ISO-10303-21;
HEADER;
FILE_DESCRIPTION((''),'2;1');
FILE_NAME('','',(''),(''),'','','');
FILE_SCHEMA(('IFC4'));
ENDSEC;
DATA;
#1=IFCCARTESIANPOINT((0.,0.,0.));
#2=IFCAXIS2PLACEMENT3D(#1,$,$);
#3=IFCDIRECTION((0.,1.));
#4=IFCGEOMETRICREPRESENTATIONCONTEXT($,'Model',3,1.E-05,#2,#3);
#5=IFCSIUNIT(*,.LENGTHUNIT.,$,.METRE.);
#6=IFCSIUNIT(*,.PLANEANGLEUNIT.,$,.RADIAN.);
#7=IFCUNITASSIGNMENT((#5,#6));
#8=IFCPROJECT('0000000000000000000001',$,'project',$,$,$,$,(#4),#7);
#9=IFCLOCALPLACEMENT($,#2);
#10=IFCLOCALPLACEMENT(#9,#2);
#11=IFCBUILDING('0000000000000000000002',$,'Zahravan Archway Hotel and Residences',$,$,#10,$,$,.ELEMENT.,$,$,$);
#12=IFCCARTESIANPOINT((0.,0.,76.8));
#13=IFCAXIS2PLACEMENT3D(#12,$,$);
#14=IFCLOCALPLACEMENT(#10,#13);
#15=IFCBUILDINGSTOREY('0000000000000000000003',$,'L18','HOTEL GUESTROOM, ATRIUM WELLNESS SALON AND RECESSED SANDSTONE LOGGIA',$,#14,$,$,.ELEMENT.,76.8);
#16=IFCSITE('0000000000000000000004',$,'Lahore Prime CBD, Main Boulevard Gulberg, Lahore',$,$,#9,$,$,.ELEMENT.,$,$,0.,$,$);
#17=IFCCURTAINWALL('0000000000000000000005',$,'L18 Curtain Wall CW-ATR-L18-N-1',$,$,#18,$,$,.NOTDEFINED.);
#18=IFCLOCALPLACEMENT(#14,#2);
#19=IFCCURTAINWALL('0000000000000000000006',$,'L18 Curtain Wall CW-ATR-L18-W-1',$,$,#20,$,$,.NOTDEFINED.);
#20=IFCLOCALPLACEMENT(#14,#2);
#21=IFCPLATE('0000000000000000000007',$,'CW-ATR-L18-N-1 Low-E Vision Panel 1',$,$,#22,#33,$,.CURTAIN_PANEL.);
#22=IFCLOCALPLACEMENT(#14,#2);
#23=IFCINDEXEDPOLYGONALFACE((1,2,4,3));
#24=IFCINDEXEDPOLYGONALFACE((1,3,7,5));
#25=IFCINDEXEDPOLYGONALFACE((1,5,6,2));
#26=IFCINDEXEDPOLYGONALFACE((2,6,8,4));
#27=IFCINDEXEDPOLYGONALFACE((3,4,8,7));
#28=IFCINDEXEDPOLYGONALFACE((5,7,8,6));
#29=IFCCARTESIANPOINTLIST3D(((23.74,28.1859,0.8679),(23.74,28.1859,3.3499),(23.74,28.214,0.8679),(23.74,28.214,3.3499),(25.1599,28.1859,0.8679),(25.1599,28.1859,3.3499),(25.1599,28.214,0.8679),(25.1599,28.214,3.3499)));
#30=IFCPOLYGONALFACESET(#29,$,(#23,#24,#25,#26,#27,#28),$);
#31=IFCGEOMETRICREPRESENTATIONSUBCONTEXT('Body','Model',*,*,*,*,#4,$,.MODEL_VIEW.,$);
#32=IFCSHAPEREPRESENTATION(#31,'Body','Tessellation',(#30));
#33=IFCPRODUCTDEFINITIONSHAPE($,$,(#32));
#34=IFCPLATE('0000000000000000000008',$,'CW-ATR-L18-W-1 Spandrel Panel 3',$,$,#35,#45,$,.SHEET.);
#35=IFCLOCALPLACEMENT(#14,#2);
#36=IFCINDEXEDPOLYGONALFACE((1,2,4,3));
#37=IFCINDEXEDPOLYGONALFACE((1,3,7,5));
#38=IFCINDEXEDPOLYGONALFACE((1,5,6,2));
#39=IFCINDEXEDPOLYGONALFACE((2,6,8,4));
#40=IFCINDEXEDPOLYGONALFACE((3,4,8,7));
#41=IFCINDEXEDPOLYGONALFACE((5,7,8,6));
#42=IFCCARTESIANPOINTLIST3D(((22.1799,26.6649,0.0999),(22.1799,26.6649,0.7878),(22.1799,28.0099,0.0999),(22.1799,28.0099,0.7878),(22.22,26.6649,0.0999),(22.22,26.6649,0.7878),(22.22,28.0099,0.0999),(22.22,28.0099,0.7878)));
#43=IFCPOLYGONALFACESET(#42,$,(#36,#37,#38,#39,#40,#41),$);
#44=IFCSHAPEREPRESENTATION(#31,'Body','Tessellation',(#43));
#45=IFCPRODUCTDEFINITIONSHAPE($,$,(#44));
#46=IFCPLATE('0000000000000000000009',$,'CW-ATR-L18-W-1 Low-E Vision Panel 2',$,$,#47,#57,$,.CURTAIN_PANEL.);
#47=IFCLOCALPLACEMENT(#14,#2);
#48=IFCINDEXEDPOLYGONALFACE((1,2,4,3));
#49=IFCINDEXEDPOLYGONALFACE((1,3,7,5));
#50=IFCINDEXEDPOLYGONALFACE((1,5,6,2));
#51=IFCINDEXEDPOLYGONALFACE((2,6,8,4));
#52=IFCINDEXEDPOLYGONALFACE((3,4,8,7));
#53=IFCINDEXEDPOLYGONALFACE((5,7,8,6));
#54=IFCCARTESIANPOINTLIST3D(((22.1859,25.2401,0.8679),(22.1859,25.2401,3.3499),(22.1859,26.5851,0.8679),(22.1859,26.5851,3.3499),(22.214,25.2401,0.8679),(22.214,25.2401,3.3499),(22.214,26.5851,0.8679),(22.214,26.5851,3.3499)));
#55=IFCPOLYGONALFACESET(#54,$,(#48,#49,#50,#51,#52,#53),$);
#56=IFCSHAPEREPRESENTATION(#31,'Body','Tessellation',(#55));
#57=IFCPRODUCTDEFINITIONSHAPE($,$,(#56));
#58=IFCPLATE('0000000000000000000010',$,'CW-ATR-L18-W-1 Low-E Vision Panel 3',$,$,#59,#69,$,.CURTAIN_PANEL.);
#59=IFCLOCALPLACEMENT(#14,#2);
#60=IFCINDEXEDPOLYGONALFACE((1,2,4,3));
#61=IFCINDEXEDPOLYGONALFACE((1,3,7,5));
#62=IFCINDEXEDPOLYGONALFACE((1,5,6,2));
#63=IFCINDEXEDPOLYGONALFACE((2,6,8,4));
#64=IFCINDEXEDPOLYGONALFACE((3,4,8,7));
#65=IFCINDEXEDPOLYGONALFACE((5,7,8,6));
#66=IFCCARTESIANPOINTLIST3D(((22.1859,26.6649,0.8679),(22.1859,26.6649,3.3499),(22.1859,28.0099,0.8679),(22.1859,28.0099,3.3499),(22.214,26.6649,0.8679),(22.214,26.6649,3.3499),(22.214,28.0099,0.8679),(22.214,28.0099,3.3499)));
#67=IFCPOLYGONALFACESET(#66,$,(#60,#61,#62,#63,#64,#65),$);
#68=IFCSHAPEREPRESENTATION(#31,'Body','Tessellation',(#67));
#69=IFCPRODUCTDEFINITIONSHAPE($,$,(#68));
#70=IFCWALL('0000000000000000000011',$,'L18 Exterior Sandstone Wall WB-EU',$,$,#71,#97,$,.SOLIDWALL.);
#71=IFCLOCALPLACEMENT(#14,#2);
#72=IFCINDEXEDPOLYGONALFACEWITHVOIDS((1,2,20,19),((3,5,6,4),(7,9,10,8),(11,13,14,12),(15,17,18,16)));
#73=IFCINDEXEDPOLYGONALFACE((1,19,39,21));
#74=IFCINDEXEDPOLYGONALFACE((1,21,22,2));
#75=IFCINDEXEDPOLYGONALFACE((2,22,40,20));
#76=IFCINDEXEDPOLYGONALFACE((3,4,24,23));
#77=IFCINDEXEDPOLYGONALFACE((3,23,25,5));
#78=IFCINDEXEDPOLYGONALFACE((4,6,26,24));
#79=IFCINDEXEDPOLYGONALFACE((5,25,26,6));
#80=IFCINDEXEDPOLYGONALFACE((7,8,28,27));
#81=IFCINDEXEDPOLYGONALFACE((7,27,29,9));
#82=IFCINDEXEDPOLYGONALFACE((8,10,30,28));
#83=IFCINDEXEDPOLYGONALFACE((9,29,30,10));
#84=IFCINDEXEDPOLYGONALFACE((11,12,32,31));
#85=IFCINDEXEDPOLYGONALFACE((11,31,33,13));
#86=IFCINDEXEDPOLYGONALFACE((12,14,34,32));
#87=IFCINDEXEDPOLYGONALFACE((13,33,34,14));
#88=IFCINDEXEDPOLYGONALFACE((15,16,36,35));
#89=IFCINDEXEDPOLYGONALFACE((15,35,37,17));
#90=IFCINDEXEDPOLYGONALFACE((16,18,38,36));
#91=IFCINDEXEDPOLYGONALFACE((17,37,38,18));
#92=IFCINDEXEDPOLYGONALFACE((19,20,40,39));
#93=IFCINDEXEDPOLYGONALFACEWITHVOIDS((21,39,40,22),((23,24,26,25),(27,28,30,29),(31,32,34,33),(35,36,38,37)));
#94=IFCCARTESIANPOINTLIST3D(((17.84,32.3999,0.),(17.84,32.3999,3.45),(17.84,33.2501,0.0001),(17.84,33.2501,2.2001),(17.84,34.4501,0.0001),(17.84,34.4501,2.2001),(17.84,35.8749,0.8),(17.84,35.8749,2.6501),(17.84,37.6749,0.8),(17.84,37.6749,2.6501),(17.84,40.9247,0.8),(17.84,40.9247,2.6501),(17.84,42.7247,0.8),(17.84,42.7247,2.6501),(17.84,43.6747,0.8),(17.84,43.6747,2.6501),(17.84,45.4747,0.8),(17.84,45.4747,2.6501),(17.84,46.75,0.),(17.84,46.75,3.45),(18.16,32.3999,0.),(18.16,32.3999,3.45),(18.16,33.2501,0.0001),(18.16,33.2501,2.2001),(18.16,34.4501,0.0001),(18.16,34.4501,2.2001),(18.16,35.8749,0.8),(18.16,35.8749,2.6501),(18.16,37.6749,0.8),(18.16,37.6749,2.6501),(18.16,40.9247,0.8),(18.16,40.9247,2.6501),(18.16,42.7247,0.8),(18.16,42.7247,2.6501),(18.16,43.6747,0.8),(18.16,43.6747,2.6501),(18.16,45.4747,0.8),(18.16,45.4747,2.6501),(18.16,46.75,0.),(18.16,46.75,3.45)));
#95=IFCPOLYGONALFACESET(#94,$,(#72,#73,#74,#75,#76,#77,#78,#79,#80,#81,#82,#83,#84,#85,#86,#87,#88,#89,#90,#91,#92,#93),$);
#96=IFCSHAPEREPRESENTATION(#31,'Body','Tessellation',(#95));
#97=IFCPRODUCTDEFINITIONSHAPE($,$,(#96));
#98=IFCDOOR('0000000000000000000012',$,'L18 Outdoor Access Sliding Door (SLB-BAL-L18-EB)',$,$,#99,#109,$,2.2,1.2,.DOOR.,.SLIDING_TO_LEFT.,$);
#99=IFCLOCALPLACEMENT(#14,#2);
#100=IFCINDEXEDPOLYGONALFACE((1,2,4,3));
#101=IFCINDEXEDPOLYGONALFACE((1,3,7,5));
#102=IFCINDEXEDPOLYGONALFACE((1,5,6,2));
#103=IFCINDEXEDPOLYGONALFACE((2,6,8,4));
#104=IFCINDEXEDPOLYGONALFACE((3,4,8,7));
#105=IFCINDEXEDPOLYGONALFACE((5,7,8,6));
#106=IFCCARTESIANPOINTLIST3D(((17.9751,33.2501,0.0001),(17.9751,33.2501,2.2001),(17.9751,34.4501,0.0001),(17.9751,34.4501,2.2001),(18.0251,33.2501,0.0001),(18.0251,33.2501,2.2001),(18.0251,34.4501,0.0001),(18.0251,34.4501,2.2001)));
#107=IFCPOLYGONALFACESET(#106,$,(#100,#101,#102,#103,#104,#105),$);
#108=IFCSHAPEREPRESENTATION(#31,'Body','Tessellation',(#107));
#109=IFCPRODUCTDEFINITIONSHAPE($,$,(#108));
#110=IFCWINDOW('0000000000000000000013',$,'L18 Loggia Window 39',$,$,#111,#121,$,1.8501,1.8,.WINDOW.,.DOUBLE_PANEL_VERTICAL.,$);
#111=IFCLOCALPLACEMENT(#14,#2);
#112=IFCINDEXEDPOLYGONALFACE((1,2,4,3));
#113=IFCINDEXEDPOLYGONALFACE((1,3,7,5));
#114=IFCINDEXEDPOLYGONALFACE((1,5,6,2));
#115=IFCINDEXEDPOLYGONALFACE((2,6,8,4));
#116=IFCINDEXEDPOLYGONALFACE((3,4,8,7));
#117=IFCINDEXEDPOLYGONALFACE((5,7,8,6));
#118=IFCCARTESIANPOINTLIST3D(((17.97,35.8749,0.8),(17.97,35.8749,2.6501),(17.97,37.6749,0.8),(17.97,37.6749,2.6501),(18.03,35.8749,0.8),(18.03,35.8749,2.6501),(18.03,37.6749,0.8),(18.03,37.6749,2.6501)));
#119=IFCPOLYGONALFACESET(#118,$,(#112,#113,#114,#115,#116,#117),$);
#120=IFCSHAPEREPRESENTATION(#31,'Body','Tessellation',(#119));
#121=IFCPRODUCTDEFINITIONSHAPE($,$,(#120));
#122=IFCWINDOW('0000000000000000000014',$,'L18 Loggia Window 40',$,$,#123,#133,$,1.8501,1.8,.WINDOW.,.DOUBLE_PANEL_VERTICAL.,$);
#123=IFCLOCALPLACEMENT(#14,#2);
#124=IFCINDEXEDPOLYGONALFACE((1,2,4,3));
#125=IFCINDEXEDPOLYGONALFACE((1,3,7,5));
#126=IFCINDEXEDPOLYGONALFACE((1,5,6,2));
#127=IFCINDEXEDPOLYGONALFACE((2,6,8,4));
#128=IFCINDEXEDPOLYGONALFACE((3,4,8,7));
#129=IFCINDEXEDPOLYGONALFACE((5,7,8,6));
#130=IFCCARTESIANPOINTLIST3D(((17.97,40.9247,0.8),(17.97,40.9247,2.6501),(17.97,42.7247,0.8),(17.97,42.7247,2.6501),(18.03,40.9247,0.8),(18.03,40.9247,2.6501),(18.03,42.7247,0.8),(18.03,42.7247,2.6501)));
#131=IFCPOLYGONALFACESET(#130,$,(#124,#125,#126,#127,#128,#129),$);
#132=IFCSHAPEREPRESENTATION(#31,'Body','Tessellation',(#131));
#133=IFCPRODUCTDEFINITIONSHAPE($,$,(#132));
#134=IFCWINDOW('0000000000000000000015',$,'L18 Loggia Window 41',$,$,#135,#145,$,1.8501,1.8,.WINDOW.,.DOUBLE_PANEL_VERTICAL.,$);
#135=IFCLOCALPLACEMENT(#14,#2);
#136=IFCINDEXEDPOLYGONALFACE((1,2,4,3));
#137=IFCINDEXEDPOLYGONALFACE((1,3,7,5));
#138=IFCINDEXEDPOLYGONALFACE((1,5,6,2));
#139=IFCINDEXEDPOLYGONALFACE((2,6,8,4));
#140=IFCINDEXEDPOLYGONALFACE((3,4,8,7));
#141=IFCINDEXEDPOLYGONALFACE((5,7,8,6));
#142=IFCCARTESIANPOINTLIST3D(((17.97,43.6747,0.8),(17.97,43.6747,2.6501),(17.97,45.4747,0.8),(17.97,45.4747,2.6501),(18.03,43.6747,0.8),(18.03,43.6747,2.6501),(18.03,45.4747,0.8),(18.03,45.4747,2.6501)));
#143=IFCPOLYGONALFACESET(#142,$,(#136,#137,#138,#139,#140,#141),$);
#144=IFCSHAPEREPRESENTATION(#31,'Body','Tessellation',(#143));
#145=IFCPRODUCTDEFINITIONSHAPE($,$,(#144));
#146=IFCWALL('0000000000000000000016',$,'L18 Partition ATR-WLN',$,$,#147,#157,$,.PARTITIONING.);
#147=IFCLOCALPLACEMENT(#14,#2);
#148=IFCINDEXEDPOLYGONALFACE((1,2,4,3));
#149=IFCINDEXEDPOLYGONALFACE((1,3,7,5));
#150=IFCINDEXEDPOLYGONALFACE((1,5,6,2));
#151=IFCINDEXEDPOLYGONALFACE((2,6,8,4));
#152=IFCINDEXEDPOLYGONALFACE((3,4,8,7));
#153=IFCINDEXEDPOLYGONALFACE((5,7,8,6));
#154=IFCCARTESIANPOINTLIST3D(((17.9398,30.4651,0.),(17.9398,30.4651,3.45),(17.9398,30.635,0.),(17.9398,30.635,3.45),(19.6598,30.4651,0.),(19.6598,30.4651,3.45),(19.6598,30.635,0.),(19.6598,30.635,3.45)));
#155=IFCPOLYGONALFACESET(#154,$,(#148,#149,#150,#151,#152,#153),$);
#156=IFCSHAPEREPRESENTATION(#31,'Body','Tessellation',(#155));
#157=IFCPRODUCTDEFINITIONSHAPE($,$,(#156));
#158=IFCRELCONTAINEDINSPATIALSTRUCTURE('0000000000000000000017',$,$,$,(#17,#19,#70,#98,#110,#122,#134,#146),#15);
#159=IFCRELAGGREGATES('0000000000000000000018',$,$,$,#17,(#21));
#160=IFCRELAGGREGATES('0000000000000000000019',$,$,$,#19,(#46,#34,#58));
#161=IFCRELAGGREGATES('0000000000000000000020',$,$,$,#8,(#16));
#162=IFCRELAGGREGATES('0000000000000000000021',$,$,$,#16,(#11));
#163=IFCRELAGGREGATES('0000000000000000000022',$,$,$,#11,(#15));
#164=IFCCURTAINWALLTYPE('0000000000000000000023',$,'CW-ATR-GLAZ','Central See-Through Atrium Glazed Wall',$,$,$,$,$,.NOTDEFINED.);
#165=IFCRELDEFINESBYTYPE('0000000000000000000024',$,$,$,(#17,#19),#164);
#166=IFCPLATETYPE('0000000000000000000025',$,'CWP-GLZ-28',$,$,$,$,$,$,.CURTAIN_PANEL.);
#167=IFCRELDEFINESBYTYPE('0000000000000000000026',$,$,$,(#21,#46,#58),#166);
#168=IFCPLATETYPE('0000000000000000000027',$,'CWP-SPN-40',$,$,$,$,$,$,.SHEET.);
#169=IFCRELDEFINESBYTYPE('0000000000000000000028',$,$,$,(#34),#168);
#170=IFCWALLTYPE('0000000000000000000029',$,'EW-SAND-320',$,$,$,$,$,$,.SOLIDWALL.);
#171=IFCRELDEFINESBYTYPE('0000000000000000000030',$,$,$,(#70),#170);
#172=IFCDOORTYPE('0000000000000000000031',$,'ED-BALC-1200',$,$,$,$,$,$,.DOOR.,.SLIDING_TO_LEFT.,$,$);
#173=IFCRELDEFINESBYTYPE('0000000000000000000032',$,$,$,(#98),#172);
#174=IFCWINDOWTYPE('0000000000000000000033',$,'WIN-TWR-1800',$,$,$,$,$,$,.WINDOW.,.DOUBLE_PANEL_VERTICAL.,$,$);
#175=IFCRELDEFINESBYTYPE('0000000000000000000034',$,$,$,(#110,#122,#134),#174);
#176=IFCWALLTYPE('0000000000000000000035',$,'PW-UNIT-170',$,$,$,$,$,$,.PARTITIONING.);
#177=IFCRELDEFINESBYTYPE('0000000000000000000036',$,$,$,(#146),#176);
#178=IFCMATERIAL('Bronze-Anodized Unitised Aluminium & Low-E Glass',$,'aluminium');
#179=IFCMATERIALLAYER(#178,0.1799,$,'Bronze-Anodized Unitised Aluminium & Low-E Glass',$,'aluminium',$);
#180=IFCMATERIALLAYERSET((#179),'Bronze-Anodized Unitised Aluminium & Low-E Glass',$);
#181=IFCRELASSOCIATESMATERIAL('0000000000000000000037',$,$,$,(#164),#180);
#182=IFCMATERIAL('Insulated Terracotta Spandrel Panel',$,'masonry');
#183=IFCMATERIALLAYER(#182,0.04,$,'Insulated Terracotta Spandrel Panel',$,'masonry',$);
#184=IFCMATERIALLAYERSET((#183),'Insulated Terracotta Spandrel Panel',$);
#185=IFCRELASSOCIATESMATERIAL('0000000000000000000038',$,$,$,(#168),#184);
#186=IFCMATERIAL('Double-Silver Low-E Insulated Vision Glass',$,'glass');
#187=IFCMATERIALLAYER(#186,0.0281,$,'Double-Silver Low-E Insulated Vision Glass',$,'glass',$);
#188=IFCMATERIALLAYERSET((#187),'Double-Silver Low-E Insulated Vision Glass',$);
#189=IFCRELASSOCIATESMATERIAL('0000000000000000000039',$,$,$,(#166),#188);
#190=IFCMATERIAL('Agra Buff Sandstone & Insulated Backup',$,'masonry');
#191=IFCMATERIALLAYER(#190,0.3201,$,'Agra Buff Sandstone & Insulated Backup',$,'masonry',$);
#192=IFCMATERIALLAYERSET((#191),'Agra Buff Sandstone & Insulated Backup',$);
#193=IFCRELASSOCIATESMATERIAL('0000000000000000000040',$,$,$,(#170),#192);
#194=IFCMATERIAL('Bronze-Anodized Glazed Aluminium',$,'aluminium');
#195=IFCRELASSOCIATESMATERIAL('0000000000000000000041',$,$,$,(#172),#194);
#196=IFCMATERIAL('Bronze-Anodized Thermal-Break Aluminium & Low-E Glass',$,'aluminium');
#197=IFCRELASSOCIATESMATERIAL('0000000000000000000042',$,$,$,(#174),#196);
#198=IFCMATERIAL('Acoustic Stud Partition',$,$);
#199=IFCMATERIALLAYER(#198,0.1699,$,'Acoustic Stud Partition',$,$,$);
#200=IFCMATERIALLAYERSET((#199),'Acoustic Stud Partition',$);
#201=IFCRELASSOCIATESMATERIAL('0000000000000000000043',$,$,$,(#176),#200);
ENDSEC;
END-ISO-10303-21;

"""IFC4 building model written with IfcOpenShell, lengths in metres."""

from ifc_helpers import new_model, si_unit, direction, frame, frame_2d, origin, origin_2d, place, context, subcontext, project, spatial, rectangle, extrude, source, transform, mapped, material, layer, layer_set, type_object, type_shapes, element, fill, aggregate, save


model = new_model("IFC4")

# Units and contexts
model_context = context("Model", 3, precision=1e-05, world=origin(), true_north=direction((0.0, 1.0)))
body_context = subcontext(model_context, "Body", "Model", "MODEL_VIEW")
ifc_project = project(units=[si_unit("LENGTHUNIT", "METRE"), si_unit("PLANEANGLEUNIT", "RADIAN")], contexts=[model_context])

# Site, building, storey
site_placement = place(None, origin())
site = spatial("IfcSite", under=ifc_project, at=site_placement, Name="Lahore Prime CBD, Main Boulevard Gulberg, Lahore", CompositionType="ELEMENT", RefElevation=0.0)
building_placement = place(site_placement, origin())
building = spatial("IfcBuilding", under=site, at=building_placement, Name="Zahravan Archway Hotel and Residences", CompositionType="ELEMENT")
storey_placement = place(building_placement, frame((0.0, 0.0, 76.8)))
storey = spatial("IfcBuildingStorey", under=building, at=storey_placement, Name="L18", Description="HOTEL GUESTROOM, ATRIUM WELLNESS SALON AND RECESSED SANDSTONE LOGGIA", CompositionType="ELEMENT", Elevation=76.8)

# Curtain walls
ifc_material_1 = material(Name="Bronze-Anodized Unitised Aluminium & Low-E Glass", Category="aluminium")
ifc_layer_1 = layer(ifc_material_1, 0.1799, Name="Bronze-Anodized Unitised Aluminium & Low-E Glass", Category="aluminium")
ifc_layer_set_1 = layer_set([ifc_layer_1], Name="Bronze-Anodized Unitised Aluminium & Low-E Glass")
curtain_wall_type = type_object("IfcCurtainWallType", Name="CW-ATR-GLAZ", Description="Central See-Through Atrium Glazed Wall", PredefinedType="NOTDEFINED", material=ifc_layer_set_1)
curtain_wall_1_placement = place(storey_placement, origin())
curtain_wall_1 = element("IfcCurtainWall", 1, at=curtain_wall_1_placement, inside=storey, type_object=curtain_wall_type, Name="L18 Curtain Wall CW-ATR-L18-N-1", PredefinedType="NOTDEFINED")
curtain_wall_2_placement = place(storey_placement, origin())
curtain_wall_2 = element("IfcCurtainWall", 2, at=curtain_wall_2_placement, inside=storey, type_object=curtain_wall_type, Name="L18 Curtain Wall CW-ATR-L18-W-1", PredefinedType="NOTDEFINED")

# Plates
ifc_material_2 = material(Name="Insulated Terracotta Spandrel Panel", Category="masonry")
ifc_layer_2 = layer(ifc_material_2, 0.04, Name="Insulated Terracotta Spandrel Panel", Category="masonry")
ifc_layer_set_2 = layer_set([ifc_layer_2], Name="Insulated Terracotta Spandrel Panel")
plate_type_1 = type_object("IfcPlateType", Name="CWP-SPN-40", PredefinedType="SHEET", material=ifc_layer_set_2)
ifc_material_3 = material(Name="Double-Silver Low-E Insulated Vision Glass", Category="glass")
ifc_layer_3 = layer(ifc_material_3, 0.0281, Name="Double-Silver Low-E Insulated Vision Glass", Category="glass")
ifc_layer_set_3 = layer_set([ifc_layer_3], Name="Double-Silver Low-E Insulated Vision Glass")
plate_type_2 = type_object("IfcPlateType", Name="CWP-GLZ-28", PredefinedType="CURTAIN_PANEL", material=ifc_layer_set_3)
shared_shape_1 = source(origin(), body_context, "Body", "SweptSolid", [
    extrude(rectangle(XDim=1.4199, YDim=0.0281, at=origin_2d()), origin(), (0.0, 0.0, 1.0), 2.4819),
])
plate_1_placement = place(storey_placement, frame((24.45, 28.2, 0.8679), z_axis=(0.0, 0.0, 1.0), x_axis=(1.0, 0.0, 0.0)))
plate_1 = element("IfcPlate", 3, at=plate_1_placement, type_object=plate_type_2, Name="CW-ATR-L18-N-1 Low-E Vision Panel 1", PredefinedType="CURTAIN_PANEL", context=body_context, shape_type="MappedRepresentation", body=[
    mapped(shared_shape_1, transform((0.0, 0.0, 0.0), scale=1.0)),
])
aggregate(curtain_wall_1, [plate_1])
shared_shape_2 = source(origin(), body_context, "Body", "SweptSolid", [
    extrude(rectangle(XDim=1.345, YDim=0.04, at=origin_2d()), origin(), (0.0, 0.0, 1.0), 0.688),
])
plate_2_placement = place(storey_placement, frame((22.2, 27.3374, 0.0999), z_axis=(0.0, 0.0, 1.0), x_axis=(0.0, 1.0, 0.0)))
plate_2 = element("IfcPlate", 4, at=plate_2_placement, type_object=plate_type_1, Name="CW-ATR-L18-W-1 Spandrel Panel 3", PredefinedType="SHEET", context=body_context, shape_type="MappedRepresentation", body=[
    mapped(shared_shape_2, transform((0.0, 0.0, 0.0), scale=1.0)),
])
shared_shape_3 = source(origin(), body_context, "Body", "SweptSolid", [
    extrude(rectangle(XDim=1.345, YDim=0.0281, at=origin_2d()), origin(), (0.0, 0.0, 1.0), 2.4819),
])
plate_3_placement = place(storey_placement, frame((22.2, 25.9126, 0.8679), z_axis=(0.0, 0.0, 1.0), x_axis=(0.0, 1.0, 0.0)))
plate_3 = element("IfcPlate", 5, at=plate_3_placement, type_object=plate_type_2, Name="CW-ATR-L18-W-1 Low-E Vision Panel 2", PredefinedType="CURTAIN_PANEL", context=body_context, shape_type="MappedRepresentation", body=[
    mapped(shared_shape_3, transform((0.0, 0.0, 0.0), scale=1.0)),
])
plate_4_placement = place(storey_placement, frame((22.2, 27.3374, 0.8679), z_axis=(0.0, 0.0, 1.0), x_axis=(0.0, 1.0, 0.0)))
plate_4 = element("IfcPlate", 6, at=plate_4_placement, type_object=plate_type_2, Name="CW-ATR-L18-W-1 Low-E Vision Panel 3", PredefinedType="CURTAIN_PANEL", context=body_context, shape_type="MappedRepresentation", body=[
    mapped(shared_shape_3, transform((0.0, 0.0, 0.0), scale=1.0)),
])
aggregate(curtain_wall_2, [plate_3, plate_2, plate_4])

# Wall, openings, door, windows
ifc_material_4 = material(Name="Agra Buff Sandstone & Insulated Backup", Category="masonry")
ifc_layer_4 = layer(ifc_material_4, 0.3201, Name="Agra Buff Sandstone & Insulated Backup", Category="masonry")
ifc_layer_set_4 = layer_set([ifc_layer_4], Name="Agra Buff Sandstone & Insulated Backup")
wall_type_1 = type_object("IfcWallType", Name="EW-SAND-320", PredefinedType="SOLIDWALL", material=ifc_layer_set_4)
wall_1_placement = place(storey_placement, frame((18.0, 32.3999, 0.0), z_axis=(0.0, 0.0, 1.0), x_axis=(0.0, 1.0, 0.0)))
wall_1 = element("IfcWall", 7, at=wall_1_placement, inside=storey, type_object=wall_type_1, Name="L18 Exterior Sandstone Wall WB-EU", PredefinedType="SOLIDWALL", context=body_context, shape_type="SweptSolid", body=[
    extrude(rectangle(XDim=14.3501, YDim=0.3201, at=frame_2d((7.175, 0.0))), origin(), (0.0, 0.0, 1.0), 3.45),
])
opening_1_placement = place(wall_1_placement, frame((0.8501, 0.0, 0.0)))
opening_1 = element("IfcOpeningElement", 8, at=opening_1_placement, cuts=wall_1, PredefinedType="OPENING", context=body_context, shape_type="SweptSolid", body=[
    extrude(rectangle(XDim=1.2, YDim=2.2, at=frame_2d((0.6001, 1.1001))), frame((0.0, 0.1699, 0.0), z_axis=(0.0, -1.0, 0.0), x_axis=(1.0, 0.0, 0.0)), (0.0, 0.0, 1.0), 0.3401),
])
opening_2_placement = place(wall_1_placement, frame((3.4751, 0.0, 0.8)))
opening_2 = element("IfcOpeningElement", 9, at=opening_2_placement, cuts=wall_1, PredefinedType="OPENING", context=body_context, shape_type="SweptSolid", body=[
    extrude(rectangle(XDim=1.8, YDim=1.8501, at=frame_2d((0.8999, 0.925))), frame((0.0, 0.1699, 0.0), z_axis=(0.0, -1.0, 0.0), x_axis=(1.0, 0.0, 0.0)), (0.0, 0.0, 1.0), 0.3401),
])
opening_3_placement = place(wall_1_placement, frame((8.5249, 0.0, 0.8)))
opening_3 = element("IfcOpeningElement", 10, at=opening_3_placement, cuts=wall_1, PredefinedType="OPENING", context=body_context, shape_type="SweptSolid", body=[
    extrude(rectangle(XDim=1.8, YDim=1.8501, at=frame_2d((0.8999, 0.925))), frame((0.0, 0.1699, 0.0), z_axis=(0.0, -1.0, 0.0), x_axis=(1.0, 0.0, 0.0)), (0.0, 0.0, 1.0), 0.3401),
])
opening_4_placement = place(wall_1_placement, frame((11.2749, 0.0, 0.8)))
opening_4 = element("IfcOpeningElement", 11, at=opening_4_placement, cuts=wall_1, PredefinedType="OPENING", context=body_context, shape_type="SweptSolid", body=[
    extrude(rectangle(XDim=1.8, YDim=1.8501, at=frame_2d((0.8999, 0.925))), frame((0.0, 0.1699, 0.0), z_axis=(0.0, -1.0, 0.0), x_axis=(1.0, 0.0, 0.0)), (0.0, 0.0, 1.0), 0.3401),
])
ifc_material_5 = material(Name="Bronze-Anodized Glazed Aluminium", Category="aluminium")
door_type = type_object("IfcDoorType", Name="ED-BALC-1200", OperationType="SLIDING_TO_LEFT", PredefinedType="DOOR", material=ifc_material_5)
shared_shape_4 = source(origin(), body_context, "Body", "SweptSolid", [
    extrude(rectangle(XDim=1.2, YDim=2.2, at=frame_2d((0.6001, 1.1001))), frame((0.0, 0.0249, 0.0), z_axis=(0.0, -1.0, 0.0), x_axis=(1.0, 0.0, 0.0)), (0.0, 0.0, 1.0), 0.05),
])
type_shapes(door_type, [shared_shape_4])
door_placement = place(opening_1_placement, origin())
door = element("IfcDoor", 12, at=door_placement, inside=storey, type_object=door_type, Name="L18 Outdoor Access Sliding Door (SLB-BAL-L18-EB)", OperationType="SLIDING_TO_LEFT", OverallHeight=2.2, OverallWidth=1.2, PredefinedType="DOOR", context=body_context, shape_type="MappedRepresentation", body=[
    mapped(shared_shape_4, transform((0.0, 0.0, 0.0), scale=1.0)),
])
fill(opening_1, door)
ifc_material_6 = material(Name="Bronze-Anodized Thermal-Break Aluminium & Low-E Glass", Category="aluminium")
window_type = type_object("IfcWindowType", Name="WIN-TWR-1800", PartitioningType="DOUBLE_PANEL_VERTICAL", PredefinedType="WINDOW", material=ifc_material_6)
shared_shape_5 = source(origin(), body_context, "Body", "SweptSolid", [
    extrude(rectangle(XDim=1.8, YDim=1.8501, at=frame_2d((0.8999, 0.925))), frame((0.0, 0.03, 0.0), z_axis=(0.0, -1.0, 0.0), x_axis=(1.0, 0.0, 0.0)), (0.0, 0.0, 1.0), 0.0601),
])
type_shapes(window_type, [shared_shape_5])
window_1_placement = place(opening_2_placement, origin())
window_1 = element("IfcWindow", 13, at=window_1_placement, inside=storey, type_object=window_type, Name="L18 Loggia Window 39", OverallHeight=1.8501, OverallWidth=1.8, PartitioningType="DOUBLE_PANEL_VERTICAL", PredefinedType="WINDOW", context=body_context, shape_type="MappedRepresentation", body=[
    mapped(shared_shape_5, transform((0.0, 0.0, 0.0), scale=1.0)),
])
fill(opening_2, window_1)
window_2_placement = place(opening_3_placement, origin())
window_2 = element("IfcWindow", 14, at=window_2_placement, inside=storey, type_object=window_type, Name="L18 Loggia Window 40", OverallHeight=1.8501, OverallWidth=1.8, PartitioningType="DOUBLE_PANEL_VERTICAL", PredefinedType="WINDOW", context=body_context, shape_type="MappedRepresentation", body=[
    mapped(shared_shape_5, transform((0.0, 0.0, 0.0), scale=1.0)),
])
fill(opening_3, window_2)
window_3_placement = place(opening_4_placement, origin())
window_3 = element("IfcWindow", 15, at=window_3_placement, inside=storey, type_object=window_type, Name="L18 Loggia Window 41", OverallHeight=1.8501, OverallWidth=1.8, PartitioningType="DOUBLE_PANEL_VERTICAL", PredefinedType="WINDOW", context=body_context, shape_type="MappedRepresentation", body=[
    mapped(shared_shape_5, transform((0.0, 0.0, 0.0), scale=1.0)),
])
fill(opening_4, window_3)

# Wall
ifc_material_7 = material(Name="Acoustic Stud Partition")
ifc_layer_5 = layer(ifc_material_7, 0.1699, Name="Acoustic Stud Partition")
ifc_layer_set_5 = layer_set([ifc_layer_5], Name="Acoustic Stud Partition")
wall_type_2 = type_object("IfcWallType", Name="PW-UNIT-170", PredefinedType="PARTITIONING", material=ifc_layer_set_5)
wall_2_placement = place(storey_placement, frame((17.9399, 30.55, 0.0), z_axis=(0.0, 0.0, 1.0), x_axis=(1.0, 0.0, 0.0)))
element("IfcWall", 16, at=wall_2_placement, inside=storey, type_object=wall_type_2, Name="L18 Partition ATR-WLN", PredefinedType="PARTITIONING", context=body_context, shape_type="SweptSolid", body=[
    extrude(rectangle(XDim=1.72, YDim=0.1699, at=frame_2d((0.8599, 0.0))), origin(), (0.0, 0.0, 1.0), 3.45),
])

save(model, "model.ifc")
